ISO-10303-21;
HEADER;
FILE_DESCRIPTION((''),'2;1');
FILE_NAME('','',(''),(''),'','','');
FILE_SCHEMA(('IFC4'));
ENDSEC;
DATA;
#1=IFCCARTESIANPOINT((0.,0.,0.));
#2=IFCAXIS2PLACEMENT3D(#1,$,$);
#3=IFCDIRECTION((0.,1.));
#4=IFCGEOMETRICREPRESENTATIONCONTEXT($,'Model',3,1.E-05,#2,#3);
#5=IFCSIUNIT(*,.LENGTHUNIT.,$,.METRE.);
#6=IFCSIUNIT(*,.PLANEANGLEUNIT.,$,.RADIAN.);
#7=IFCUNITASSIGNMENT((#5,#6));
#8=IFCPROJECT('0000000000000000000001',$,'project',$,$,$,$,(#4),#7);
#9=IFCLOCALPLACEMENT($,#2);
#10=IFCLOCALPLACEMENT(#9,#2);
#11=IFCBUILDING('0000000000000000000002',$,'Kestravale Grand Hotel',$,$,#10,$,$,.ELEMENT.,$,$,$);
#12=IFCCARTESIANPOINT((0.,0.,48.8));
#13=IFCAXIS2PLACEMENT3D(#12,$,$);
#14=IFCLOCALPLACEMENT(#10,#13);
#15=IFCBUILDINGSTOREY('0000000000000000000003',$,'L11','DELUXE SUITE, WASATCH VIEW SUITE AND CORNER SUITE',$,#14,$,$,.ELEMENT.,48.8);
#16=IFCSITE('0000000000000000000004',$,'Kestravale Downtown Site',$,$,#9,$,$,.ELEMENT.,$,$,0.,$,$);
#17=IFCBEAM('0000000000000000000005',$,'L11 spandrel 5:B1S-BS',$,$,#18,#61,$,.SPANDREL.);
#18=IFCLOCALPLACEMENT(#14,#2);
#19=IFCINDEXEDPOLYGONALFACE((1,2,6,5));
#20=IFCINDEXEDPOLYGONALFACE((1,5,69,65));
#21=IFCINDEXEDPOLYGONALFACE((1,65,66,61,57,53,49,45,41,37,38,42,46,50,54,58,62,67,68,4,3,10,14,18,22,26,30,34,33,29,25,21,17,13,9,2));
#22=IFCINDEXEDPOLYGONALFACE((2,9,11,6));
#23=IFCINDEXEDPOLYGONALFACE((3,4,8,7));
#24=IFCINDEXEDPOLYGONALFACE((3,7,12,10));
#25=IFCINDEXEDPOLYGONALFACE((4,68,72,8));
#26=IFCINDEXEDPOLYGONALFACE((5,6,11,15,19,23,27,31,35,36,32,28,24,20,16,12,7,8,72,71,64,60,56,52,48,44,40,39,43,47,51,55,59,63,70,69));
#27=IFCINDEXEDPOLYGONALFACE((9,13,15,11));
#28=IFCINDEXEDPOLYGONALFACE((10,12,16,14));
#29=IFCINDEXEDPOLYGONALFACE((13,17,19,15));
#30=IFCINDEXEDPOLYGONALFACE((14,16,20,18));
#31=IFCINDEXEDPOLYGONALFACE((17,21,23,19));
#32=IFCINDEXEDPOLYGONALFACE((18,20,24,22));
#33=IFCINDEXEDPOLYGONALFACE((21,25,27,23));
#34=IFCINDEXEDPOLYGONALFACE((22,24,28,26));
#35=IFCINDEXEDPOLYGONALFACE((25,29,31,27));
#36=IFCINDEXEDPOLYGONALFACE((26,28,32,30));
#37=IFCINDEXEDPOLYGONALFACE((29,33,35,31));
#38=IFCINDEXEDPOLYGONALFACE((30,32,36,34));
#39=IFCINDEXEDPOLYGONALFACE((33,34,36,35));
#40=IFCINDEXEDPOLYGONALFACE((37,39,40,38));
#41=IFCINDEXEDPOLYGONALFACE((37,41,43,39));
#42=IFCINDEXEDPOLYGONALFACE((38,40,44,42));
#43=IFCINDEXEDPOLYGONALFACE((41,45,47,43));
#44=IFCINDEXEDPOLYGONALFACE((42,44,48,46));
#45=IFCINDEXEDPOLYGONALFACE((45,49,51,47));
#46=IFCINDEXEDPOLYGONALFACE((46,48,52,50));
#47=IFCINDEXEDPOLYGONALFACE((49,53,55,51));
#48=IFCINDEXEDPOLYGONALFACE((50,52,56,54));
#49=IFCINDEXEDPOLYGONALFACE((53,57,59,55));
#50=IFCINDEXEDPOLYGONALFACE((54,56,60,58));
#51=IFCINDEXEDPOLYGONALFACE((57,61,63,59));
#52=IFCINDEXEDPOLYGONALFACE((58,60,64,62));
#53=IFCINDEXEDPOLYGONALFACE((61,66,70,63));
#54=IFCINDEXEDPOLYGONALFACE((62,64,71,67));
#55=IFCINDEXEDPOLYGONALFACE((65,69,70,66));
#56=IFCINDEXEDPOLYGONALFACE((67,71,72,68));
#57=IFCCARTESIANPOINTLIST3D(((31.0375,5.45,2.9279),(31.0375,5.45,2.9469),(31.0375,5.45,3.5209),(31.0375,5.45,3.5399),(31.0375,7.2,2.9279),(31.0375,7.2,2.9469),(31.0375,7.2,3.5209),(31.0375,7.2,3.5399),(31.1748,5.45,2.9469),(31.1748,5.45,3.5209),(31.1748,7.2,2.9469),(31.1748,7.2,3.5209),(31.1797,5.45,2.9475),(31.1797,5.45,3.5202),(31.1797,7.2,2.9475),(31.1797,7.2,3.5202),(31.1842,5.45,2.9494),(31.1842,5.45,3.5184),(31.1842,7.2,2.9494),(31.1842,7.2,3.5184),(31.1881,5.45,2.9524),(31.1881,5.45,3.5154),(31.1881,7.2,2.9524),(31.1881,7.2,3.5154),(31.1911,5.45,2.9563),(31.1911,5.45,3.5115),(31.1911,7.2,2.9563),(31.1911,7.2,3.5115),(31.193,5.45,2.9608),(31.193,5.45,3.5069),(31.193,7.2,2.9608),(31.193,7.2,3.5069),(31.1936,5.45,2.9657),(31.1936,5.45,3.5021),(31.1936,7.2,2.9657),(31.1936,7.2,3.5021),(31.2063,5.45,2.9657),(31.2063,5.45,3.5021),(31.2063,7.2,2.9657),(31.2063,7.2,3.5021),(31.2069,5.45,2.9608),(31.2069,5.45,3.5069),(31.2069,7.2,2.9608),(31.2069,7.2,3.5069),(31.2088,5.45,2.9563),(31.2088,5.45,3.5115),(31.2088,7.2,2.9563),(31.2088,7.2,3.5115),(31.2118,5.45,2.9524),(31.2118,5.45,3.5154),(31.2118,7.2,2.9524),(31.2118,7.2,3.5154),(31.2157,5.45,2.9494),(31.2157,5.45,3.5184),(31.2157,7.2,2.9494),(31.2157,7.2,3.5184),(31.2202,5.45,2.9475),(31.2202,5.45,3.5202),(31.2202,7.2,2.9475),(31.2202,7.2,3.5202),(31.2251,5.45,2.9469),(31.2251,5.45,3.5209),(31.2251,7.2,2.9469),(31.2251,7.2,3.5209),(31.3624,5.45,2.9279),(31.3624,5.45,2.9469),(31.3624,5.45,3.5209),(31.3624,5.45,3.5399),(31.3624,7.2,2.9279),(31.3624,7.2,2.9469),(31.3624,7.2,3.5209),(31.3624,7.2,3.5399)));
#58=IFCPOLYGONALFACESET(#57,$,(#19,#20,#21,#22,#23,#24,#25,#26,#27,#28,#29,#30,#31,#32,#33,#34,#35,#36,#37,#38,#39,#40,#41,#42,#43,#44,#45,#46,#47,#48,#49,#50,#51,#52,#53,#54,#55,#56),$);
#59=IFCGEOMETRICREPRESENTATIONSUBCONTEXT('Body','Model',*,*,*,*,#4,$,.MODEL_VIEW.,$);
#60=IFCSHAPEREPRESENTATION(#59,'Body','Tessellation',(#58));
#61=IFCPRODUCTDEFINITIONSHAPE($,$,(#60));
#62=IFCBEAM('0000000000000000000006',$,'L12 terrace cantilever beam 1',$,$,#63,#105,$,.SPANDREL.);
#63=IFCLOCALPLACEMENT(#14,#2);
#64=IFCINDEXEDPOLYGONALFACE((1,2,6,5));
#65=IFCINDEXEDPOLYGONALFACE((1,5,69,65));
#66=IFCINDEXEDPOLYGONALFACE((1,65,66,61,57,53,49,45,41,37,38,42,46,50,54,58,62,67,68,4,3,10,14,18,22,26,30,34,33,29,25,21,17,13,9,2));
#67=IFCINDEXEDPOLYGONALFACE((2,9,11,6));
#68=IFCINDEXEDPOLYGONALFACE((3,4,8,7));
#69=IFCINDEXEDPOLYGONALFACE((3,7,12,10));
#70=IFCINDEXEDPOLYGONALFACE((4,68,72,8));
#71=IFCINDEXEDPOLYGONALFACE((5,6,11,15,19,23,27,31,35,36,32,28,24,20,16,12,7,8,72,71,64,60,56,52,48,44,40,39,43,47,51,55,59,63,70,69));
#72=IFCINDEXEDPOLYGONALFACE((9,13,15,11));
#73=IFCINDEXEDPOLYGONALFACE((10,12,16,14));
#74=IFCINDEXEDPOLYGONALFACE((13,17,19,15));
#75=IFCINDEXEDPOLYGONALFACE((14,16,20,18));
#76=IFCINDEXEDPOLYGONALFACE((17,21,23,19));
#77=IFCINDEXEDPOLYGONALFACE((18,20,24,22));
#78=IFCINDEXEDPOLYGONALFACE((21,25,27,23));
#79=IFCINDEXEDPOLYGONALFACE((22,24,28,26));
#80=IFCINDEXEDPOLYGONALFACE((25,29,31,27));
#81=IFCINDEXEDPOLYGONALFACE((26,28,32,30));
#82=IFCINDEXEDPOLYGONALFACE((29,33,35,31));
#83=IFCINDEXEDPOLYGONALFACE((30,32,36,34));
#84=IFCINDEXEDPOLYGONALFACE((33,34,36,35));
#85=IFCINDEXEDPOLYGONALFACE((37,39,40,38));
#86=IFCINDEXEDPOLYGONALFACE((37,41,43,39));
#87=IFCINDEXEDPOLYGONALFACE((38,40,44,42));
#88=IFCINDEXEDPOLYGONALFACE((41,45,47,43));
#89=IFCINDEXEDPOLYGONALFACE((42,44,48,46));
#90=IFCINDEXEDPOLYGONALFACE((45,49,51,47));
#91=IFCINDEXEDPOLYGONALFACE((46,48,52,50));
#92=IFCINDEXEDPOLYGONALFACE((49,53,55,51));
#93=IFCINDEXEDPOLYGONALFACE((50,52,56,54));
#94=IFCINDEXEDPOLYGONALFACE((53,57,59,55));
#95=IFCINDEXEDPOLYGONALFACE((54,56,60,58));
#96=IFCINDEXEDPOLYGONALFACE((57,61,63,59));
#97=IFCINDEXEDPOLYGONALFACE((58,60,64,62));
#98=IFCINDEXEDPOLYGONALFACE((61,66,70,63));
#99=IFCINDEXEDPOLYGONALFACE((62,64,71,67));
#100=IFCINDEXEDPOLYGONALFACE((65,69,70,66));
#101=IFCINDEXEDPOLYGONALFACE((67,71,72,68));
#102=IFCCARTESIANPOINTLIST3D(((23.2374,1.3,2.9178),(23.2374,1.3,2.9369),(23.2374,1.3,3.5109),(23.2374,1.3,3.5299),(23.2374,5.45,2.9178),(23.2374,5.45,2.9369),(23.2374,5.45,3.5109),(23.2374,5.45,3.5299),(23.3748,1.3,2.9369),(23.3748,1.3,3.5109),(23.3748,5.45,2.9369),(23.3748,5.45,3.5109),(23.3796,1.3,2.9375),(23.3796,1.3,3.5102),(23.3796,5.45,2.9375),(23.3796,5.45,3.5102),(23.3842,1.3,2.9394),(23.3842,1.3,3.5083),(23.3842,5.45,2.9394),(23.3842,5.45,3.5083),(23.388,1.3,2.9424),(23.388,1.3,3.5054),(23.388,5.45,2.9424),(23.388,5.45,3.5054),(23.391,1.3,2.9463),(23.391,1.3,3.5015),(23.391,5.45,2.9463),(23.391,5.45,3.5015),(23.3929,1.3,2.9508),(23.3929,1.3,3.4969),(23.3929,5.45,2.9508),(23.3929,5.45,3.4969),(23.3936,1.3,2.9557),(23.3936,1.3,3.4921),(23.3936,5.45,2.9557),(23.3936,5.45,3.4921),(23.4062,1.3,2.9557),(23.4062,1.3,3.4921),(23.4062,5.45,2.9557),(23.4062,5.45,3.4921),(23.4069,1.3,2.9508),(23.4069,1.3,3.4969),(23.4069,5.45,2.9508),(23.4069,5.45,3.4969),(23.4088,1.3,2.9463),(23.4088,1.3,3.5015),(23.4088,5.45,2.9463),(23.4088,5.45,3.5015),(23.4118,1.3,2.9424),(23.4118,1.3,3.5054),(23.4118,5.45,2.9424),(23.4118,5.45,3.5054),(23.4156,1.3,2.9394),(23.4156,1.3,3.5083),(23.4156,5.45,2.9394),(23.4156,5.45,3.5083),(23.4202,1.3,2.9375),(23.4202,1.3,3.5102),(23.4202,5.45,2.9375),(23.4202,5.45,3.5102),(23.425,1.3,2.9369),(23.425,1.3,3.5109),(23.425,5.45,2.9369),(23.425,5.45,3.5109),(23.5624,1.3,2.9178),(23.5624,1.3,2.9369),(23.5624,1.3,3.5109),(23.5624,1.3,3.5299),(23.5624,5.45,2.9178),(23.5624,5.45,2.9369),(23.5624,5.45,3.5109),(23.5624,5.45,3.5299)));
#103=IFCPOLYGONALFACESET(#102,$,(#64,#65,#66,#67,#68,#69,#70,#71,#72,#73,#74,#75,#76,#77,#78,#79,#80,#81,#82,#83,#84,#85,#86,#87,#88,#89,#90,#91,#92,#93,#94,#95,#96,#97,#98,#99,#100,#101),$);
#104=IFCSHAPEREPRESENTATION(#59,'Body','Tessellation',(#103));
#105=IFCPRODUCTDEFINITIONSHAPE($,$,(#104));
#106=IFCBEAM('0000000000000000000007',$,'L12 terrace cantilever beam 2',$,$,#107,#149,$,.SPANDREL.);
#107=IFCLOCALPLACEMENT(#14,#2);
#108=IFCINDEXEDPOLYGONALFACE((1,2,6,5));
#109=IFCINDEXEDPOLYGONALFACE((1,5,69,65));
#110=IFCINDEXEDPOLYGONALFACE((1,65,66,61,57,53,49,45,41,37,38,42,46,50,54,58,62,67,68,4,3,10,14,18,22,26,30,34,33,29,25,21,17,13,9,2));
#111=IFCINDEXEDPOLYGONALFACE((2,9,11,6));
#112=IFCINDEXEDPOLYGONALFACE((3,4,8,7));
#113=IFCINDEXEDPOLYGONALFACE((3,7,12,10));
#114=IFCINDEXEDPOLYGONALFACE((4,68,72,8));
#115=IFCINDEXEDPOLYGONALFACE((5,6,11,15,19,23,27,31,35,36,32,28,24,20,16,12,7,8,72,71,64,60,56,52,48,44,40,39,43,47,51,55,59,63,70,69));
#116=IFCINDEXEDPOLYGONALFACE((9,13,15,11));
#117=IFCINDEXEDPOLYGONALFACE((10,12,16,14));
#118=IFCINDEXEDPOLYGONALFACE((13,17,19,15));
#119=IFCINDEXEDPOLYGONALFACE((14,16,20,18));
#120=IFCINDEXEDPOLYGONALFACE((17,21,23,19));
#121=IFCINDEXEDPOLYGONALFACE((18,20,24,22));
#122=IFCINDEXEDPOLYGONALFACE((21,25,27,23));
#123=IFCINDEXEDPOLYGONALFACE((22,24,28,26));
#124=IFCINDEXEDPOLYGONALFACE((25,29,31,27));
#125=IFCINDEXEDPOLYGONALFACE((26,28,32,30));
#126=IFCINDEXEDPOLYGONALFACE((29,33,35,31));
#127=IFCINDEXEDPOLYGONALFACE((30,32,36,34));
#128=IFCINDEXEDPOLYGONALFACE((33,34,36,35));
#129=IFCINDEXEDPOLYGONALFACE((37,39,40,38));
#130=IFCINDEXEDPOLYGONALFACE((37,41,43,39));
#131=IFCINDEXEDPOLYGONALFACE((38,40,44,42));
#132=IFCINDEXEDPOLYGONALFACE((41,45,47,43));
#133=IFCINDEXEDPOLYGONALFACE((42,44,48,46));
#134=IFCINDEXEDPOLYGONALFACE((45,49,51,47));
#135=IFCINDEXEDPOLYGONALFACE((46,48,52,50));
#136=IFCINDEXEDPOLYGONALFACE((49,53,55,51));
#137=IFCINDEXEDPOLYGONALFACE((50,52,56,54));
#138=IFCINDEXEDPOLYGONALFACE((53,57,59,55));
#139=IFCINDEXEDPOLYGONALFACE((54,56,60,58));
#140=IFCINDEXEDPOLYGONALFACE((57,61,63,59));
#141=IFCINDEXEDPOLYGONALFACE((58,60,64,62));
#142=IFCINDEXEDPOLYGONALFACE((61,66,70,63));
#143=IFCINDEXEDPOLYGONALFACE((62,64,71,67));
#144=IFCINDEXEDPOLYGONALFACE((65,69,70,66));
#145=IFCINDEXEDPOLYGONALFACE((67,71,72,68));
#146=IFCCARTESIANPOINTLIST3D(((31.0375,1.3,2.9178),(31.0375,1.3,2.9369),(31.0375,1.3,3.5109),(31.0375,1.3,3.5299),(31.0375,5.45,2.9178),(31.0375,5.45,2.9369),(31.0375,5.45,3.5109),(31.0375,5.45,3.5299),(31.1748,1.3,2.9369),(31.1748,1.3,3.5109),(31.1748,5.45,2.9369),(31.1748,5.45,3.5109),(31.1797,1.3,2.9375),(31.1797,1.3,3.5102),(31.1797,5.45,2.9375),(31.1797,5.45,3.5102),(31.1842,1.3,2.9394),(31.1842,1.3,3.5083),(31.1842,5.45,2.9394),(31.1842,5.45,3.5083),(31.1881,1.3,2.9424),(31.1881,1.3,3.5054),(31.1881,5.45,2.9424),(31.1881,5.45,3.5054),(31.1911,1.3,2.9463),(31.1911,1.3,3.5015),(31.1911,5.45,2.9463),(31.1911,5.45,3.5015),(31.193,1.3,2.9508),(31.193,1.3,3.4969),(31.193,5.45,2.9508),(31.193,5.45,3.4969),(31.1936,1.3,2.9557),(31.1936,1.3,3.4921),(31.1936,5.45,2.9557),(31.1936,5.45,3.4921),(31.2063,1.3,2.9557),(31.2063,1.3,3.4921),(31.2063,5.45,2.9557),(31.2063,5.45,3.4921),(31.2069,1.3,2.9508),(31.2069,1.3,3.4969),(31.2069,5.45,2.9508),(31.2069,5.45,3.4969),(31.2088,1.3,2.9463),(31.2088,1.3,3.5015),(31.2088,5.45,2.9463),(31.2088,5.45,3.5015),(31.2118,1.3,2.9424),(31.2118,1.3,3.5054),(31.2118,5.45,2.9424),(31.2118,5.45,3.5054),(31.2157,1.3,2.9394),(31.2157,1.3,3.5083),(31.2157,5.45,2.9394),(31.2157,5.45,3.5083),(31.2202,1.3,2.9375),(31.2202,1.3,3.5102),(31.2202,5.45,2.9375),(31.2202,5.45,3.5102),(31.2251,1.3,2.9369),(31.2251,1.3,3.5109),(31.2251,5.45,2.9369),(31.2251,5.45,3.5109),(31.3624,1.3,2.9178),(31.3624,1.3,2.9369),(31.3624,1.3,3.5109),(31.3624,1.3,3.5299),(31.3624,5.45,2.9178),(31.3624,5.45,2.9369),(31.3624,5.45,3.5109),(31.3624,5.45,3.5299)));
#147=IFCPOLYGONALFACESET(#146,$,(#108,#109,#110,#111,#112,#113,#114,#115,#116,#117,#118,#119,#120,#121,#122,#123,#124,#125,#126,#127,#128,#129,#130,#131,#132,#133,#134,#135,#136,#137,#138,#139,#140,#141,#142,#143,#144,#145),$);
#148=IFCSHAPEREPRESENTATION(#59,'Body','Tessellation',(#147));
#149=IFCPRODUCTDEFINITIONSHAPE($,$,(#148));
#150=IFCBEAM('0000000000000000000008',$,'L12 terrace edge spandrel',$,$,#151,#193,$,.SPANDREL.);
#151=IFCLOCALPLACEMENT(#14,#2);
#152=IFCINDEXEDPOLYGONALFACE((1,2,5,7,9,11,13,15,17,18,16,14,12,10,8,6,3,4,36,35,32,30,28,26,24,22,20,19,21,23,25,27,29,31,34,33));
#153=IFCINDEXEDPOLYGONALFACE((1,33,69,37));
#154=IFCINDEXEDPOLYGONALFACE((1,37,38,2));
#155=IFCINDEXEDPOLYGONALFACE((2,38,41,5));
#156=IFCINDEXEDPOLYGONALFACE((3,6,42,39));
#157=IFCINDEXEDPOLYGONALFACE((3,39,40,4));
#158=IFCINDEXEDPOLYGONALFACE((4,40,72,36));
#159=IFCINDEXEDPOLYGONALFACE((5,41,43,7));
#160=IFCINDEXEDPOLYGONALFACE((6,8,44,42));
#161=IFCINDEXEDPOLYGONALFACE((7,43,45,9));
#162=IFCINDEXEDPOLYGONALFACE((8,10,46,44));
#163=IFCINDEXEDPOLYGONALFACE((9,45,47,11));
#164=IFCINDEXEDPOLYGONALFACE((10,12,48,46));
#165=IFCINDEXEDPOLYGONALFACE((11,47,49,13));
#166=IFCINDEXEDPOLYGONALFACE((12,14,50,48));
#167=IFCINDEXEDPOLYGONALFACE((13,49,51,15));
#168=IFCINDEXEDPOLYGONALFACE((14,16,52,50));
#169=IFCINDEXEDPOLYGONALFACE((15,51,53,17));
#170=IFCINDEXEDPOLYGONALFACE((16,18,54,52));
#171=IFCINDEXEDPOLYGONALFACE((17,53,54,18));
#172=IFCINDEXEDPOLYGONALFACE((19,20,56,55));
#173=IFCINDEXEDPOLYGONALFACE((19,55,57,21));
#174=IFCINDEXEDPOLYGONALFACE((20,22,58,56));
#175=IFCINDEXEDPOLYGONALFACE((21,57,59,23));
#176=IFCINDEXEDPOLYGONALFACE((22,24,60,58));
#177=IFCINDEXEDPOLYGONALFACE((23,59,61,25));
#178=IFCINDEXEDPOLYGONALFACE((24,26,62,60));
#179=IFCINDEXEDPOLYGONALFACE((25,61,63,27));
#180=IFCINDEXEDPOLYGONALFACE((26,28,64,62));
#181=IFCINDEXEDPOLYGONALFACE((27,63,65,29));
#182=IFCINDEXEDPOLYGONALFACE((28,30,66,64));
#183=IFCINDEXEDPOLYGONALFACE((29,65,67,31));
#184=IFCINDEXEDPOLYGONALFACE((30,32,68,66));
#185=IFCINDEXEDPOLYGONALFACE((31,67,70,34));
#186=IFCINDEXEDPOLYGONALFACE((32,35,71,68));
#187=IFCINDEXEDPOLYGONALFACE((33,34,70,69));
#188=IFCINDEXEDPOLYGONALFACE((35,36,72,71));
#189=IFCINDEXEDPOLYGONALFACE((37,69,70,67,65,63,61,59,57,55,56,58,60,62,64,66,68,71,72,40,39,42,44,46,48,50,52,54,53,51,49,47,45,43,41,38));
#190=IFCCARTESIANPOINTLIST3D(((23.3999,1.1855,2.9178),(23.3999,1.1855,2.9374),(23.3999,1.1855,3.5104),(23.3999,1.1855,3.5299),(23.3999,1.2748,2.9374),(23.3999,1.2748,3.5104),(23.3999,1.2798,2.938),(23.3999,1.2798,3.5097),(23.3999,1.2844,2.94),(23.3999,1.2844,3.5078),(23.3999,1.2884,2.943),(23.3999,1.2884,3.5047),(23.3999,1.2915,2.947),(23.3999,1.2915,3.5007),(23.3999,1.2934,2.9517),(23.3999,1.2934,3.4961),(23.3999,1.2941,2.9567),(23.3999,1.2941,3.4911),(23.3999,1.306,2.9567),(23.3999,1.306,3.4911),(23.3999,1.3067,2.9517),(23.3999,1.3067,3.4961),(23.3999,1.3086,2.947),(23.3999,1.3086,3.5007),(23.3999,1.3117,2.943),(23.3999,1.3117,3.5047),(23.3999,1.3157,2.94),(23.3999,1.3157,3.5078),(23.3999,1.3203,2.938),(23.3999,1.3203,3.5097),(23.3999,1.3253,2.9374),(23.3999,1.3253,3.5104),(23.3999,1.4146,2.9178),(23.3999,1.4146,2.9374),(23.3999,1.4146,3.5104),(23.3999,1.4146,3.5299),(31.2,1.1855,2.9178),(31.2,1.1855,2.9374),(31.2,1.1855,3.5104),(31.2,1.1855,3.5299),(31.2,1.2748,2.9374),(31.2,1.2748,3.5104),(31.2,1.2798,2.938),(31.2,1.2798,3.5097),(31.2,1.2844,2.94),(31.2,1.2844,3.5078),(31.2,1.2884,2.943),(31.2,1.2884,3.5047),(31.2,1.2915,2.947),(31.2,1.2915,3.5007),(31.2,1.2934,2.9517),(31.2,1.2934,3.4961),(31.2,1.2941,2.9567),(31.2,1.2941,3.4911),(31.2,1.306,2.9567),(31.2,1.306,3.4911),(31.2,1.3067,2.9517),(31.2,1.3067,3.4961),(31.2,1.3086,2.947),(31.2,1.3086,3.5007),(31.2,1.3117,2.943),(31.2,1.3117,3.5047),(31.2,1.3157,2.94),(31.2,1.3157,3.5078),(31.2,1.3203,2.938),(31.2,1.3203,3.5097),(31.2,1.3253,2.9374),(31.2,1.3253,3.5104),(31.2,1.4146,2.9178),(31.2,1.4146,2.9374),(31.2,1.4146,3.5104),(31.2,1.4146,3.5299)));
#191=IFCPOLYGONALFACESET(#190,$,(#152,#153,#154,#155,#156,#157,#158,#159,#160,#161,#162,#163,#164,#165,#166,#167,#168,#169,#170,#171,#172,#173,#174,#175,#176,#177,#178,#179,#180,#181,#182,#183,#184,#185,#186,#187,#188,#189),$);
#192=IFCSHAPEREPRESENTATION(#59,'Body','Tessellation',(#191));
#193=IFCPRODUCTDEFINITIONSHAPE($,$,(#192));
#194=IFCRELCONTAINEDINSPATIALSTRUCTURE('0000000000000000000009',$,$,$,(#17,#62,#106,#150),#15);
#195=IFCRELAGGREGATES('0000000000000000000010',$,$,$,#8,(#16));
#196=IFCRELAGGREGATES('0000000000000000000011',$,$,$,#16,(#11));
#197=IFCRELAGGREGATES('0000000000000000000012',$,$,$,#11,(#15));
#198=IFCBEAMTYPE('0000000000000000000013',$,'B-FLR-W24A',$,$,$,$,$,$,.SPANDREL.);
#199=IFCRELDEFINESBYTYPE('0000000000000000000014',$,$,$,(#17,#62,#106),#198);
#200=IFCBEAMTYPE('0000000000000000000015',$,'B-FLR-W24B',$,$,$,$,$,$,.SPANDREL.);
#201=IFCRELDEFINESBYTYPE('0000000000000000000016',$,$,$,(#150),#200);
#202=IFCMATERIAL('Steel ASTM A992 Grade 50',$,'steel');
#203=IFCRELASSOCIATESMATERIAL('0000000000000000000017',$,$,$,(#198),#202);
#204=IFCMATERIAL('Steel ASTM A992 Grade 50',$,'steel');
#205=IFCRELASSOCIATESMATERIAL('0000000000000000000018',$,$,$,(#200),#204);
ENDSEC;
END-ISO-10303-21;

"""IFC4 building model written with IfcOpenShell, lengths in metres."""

from ifc_helpers import new_model, si_unit, direction, frame, origin, origin_2d, place, context, subcontext, project, spatial, i_section, extrude, material, material_profile, profile_set, type_object, element, save


model = new_model("IFC4")

# Units and contexts
model_context = context("Model", 3, precision=1e-05, world=origin(), true_north=direction((0.0, 1.0)))
body_context = subcontext(model_context, "Body", "Model", "MODEL_VIEW")
ifc_project = project(units=[si_unit("LENGTHUNIT", "METRE"), si_unit("PLANEANGLEUNIT", "RADIAN")], contexts=[model_context])

# Site, building, storey
site_placement = place(None, origin())
site = spatial("IfcSite", under=ifc_project, at=site_placement, Name="Kestravale Downtown Site", CompositionType="ELEMENT", RefElevation=0.0)
building_placement = place(site_placement, origin())
building = spatial("IfcBuilding", under=site, at=building_placement, Name="Kestravale Grand Hotel", CompositionType="ELEMENT")
storey_placement = place(building_placement, frame((0.0, 0.0, 48.8)))
storey = spatial("IfcBuildingStorey", under=building, at=storey_placement, Name="L11", Description="DELUXE SUITE, WASATCH VIEW SUITE AND CORNER SUITE", CompositionType="ELEMENT", Elevation=48.8)

# Beams
ifc_material_1 = material(Name="Steel ASTM A992 Grade 50", Category="steel")
ifc_material_profile_1 = material_profile(ifc_material_1, i_section(OverallWidth=0.325, OverallDepth=0.6121, WebThickness=0.0127, FlangeThickness=0.019, FilletRadius=0.0188, at=origin_2d()))
ifc_profile_set_1 = profile_set([ifc_material_profile_1], Name="Steel ASTM A992 Grade 50")
beam_type_1 = type_object("IfcBeamType", Name="B-FLR-W24A", PredefinedType="SPANDREL", material=ifc_profile_set_1)
for number, where, z_axis, x_axis, name in (
    (1, (31.2, 5.45, 3.2339), (0.0, 1.0, 0.0), (-1.0, 0.0, 0.0), "L11 spandrel 5:B1S-BS"),
):
    element("IfcBeam", number, at=place(storey_placement, frame(where, z_axis=z_axis, x_axis=x_axis)), inside=storey, type_object=beam_type_1, Name=name, PredefinedType="SPANDREL", context=body_context, shape_type="SweptSolid", body=[
        extrude(i_section(OverallWidth=0.325, OverallDepth=0.6121, WebThickness=0.0127, FlangeThickness=0.019, FilletRadius=0.0188, at=origin_2d()), origin(), (0.0, 0.0, 1.0), 1.75),
    ])
for number, where, z_axis, x_axis, name in (
    (2, (23.3999, 5.45, 3.2239), (0.0, -1.0, 0.0), (1.0, 0.0, 0.0), "L12 terrace cantilever beam 1"),
    (3, (31.2, 5.45, 3.2239), (0.0, -1.0, 0.0), (1.0, 0.0, 0.0), "L12 terrace cantilever beam 2"),
):
    element("IfcBeam", number, at=place(storey_placement, frame(where, z_axis=z_axis, x_axis=x_axis)), inside=storey, type_object=beam_type_1, Name=name, PredefinedType="SPANDREL", context=body_context, shape_type="SweptSolid", body=[
        extrude(i_section(OverallWidth=0.325, OverallDepth=0.6121, WebThickness=0.0127, FlangeThickness=0.019, FilletRadius=0.0188, at=origin_2d()), origin(), (0.0, 0.0, 1.0), 4.1499),
    ])
ifc_material_2 = material(Name="Steel ASTM A992 Grade 50", Category="steel")
ifc_material_profile_2 = material_profile(ifc_material_2, i_section(OverallWidth=0.229, OverallDepth=0.6121, WebThickness=0.012, FlangeThickness=0.0195, FilletRadius=0.0193, at=origin_2d()))
ifc_profile_set_2 = profile_set([ifc_material_profile_2], Name="Steel ASTM A992 Grade 50")
beam_type_2 = type_object("IfcBeamType", Name="B-FLR-W24B", PredefinedType="SPANDREL", material=ifc_profile_set_2)
beam_1_placement = place(storey_placement, frame((23.3999, 1.3, 3.2239), z_axis=(1.0, 0.0, 0.0), x_axis=(0.0, 1.0, 0.0)))
element("IfcBeam", 4, at=beam_1_placement, inside=storey, type_object=beam_type_2, Name="L12 terrace edge spandrel", PredefinedType="SPANDREL", context=body_context, shape_type="SweptSolid", body=[
    extrude(i_section(OverallWidth=0.229, OverallDepth=0.6121, WebThickness=0.012, FlangeThickness=0.0195, FilletRadius=0.0193, at=origin_2d()), origin(), (0.0, 0.0, 1.0), 7.8),
])

save(model, "model.ifc")
